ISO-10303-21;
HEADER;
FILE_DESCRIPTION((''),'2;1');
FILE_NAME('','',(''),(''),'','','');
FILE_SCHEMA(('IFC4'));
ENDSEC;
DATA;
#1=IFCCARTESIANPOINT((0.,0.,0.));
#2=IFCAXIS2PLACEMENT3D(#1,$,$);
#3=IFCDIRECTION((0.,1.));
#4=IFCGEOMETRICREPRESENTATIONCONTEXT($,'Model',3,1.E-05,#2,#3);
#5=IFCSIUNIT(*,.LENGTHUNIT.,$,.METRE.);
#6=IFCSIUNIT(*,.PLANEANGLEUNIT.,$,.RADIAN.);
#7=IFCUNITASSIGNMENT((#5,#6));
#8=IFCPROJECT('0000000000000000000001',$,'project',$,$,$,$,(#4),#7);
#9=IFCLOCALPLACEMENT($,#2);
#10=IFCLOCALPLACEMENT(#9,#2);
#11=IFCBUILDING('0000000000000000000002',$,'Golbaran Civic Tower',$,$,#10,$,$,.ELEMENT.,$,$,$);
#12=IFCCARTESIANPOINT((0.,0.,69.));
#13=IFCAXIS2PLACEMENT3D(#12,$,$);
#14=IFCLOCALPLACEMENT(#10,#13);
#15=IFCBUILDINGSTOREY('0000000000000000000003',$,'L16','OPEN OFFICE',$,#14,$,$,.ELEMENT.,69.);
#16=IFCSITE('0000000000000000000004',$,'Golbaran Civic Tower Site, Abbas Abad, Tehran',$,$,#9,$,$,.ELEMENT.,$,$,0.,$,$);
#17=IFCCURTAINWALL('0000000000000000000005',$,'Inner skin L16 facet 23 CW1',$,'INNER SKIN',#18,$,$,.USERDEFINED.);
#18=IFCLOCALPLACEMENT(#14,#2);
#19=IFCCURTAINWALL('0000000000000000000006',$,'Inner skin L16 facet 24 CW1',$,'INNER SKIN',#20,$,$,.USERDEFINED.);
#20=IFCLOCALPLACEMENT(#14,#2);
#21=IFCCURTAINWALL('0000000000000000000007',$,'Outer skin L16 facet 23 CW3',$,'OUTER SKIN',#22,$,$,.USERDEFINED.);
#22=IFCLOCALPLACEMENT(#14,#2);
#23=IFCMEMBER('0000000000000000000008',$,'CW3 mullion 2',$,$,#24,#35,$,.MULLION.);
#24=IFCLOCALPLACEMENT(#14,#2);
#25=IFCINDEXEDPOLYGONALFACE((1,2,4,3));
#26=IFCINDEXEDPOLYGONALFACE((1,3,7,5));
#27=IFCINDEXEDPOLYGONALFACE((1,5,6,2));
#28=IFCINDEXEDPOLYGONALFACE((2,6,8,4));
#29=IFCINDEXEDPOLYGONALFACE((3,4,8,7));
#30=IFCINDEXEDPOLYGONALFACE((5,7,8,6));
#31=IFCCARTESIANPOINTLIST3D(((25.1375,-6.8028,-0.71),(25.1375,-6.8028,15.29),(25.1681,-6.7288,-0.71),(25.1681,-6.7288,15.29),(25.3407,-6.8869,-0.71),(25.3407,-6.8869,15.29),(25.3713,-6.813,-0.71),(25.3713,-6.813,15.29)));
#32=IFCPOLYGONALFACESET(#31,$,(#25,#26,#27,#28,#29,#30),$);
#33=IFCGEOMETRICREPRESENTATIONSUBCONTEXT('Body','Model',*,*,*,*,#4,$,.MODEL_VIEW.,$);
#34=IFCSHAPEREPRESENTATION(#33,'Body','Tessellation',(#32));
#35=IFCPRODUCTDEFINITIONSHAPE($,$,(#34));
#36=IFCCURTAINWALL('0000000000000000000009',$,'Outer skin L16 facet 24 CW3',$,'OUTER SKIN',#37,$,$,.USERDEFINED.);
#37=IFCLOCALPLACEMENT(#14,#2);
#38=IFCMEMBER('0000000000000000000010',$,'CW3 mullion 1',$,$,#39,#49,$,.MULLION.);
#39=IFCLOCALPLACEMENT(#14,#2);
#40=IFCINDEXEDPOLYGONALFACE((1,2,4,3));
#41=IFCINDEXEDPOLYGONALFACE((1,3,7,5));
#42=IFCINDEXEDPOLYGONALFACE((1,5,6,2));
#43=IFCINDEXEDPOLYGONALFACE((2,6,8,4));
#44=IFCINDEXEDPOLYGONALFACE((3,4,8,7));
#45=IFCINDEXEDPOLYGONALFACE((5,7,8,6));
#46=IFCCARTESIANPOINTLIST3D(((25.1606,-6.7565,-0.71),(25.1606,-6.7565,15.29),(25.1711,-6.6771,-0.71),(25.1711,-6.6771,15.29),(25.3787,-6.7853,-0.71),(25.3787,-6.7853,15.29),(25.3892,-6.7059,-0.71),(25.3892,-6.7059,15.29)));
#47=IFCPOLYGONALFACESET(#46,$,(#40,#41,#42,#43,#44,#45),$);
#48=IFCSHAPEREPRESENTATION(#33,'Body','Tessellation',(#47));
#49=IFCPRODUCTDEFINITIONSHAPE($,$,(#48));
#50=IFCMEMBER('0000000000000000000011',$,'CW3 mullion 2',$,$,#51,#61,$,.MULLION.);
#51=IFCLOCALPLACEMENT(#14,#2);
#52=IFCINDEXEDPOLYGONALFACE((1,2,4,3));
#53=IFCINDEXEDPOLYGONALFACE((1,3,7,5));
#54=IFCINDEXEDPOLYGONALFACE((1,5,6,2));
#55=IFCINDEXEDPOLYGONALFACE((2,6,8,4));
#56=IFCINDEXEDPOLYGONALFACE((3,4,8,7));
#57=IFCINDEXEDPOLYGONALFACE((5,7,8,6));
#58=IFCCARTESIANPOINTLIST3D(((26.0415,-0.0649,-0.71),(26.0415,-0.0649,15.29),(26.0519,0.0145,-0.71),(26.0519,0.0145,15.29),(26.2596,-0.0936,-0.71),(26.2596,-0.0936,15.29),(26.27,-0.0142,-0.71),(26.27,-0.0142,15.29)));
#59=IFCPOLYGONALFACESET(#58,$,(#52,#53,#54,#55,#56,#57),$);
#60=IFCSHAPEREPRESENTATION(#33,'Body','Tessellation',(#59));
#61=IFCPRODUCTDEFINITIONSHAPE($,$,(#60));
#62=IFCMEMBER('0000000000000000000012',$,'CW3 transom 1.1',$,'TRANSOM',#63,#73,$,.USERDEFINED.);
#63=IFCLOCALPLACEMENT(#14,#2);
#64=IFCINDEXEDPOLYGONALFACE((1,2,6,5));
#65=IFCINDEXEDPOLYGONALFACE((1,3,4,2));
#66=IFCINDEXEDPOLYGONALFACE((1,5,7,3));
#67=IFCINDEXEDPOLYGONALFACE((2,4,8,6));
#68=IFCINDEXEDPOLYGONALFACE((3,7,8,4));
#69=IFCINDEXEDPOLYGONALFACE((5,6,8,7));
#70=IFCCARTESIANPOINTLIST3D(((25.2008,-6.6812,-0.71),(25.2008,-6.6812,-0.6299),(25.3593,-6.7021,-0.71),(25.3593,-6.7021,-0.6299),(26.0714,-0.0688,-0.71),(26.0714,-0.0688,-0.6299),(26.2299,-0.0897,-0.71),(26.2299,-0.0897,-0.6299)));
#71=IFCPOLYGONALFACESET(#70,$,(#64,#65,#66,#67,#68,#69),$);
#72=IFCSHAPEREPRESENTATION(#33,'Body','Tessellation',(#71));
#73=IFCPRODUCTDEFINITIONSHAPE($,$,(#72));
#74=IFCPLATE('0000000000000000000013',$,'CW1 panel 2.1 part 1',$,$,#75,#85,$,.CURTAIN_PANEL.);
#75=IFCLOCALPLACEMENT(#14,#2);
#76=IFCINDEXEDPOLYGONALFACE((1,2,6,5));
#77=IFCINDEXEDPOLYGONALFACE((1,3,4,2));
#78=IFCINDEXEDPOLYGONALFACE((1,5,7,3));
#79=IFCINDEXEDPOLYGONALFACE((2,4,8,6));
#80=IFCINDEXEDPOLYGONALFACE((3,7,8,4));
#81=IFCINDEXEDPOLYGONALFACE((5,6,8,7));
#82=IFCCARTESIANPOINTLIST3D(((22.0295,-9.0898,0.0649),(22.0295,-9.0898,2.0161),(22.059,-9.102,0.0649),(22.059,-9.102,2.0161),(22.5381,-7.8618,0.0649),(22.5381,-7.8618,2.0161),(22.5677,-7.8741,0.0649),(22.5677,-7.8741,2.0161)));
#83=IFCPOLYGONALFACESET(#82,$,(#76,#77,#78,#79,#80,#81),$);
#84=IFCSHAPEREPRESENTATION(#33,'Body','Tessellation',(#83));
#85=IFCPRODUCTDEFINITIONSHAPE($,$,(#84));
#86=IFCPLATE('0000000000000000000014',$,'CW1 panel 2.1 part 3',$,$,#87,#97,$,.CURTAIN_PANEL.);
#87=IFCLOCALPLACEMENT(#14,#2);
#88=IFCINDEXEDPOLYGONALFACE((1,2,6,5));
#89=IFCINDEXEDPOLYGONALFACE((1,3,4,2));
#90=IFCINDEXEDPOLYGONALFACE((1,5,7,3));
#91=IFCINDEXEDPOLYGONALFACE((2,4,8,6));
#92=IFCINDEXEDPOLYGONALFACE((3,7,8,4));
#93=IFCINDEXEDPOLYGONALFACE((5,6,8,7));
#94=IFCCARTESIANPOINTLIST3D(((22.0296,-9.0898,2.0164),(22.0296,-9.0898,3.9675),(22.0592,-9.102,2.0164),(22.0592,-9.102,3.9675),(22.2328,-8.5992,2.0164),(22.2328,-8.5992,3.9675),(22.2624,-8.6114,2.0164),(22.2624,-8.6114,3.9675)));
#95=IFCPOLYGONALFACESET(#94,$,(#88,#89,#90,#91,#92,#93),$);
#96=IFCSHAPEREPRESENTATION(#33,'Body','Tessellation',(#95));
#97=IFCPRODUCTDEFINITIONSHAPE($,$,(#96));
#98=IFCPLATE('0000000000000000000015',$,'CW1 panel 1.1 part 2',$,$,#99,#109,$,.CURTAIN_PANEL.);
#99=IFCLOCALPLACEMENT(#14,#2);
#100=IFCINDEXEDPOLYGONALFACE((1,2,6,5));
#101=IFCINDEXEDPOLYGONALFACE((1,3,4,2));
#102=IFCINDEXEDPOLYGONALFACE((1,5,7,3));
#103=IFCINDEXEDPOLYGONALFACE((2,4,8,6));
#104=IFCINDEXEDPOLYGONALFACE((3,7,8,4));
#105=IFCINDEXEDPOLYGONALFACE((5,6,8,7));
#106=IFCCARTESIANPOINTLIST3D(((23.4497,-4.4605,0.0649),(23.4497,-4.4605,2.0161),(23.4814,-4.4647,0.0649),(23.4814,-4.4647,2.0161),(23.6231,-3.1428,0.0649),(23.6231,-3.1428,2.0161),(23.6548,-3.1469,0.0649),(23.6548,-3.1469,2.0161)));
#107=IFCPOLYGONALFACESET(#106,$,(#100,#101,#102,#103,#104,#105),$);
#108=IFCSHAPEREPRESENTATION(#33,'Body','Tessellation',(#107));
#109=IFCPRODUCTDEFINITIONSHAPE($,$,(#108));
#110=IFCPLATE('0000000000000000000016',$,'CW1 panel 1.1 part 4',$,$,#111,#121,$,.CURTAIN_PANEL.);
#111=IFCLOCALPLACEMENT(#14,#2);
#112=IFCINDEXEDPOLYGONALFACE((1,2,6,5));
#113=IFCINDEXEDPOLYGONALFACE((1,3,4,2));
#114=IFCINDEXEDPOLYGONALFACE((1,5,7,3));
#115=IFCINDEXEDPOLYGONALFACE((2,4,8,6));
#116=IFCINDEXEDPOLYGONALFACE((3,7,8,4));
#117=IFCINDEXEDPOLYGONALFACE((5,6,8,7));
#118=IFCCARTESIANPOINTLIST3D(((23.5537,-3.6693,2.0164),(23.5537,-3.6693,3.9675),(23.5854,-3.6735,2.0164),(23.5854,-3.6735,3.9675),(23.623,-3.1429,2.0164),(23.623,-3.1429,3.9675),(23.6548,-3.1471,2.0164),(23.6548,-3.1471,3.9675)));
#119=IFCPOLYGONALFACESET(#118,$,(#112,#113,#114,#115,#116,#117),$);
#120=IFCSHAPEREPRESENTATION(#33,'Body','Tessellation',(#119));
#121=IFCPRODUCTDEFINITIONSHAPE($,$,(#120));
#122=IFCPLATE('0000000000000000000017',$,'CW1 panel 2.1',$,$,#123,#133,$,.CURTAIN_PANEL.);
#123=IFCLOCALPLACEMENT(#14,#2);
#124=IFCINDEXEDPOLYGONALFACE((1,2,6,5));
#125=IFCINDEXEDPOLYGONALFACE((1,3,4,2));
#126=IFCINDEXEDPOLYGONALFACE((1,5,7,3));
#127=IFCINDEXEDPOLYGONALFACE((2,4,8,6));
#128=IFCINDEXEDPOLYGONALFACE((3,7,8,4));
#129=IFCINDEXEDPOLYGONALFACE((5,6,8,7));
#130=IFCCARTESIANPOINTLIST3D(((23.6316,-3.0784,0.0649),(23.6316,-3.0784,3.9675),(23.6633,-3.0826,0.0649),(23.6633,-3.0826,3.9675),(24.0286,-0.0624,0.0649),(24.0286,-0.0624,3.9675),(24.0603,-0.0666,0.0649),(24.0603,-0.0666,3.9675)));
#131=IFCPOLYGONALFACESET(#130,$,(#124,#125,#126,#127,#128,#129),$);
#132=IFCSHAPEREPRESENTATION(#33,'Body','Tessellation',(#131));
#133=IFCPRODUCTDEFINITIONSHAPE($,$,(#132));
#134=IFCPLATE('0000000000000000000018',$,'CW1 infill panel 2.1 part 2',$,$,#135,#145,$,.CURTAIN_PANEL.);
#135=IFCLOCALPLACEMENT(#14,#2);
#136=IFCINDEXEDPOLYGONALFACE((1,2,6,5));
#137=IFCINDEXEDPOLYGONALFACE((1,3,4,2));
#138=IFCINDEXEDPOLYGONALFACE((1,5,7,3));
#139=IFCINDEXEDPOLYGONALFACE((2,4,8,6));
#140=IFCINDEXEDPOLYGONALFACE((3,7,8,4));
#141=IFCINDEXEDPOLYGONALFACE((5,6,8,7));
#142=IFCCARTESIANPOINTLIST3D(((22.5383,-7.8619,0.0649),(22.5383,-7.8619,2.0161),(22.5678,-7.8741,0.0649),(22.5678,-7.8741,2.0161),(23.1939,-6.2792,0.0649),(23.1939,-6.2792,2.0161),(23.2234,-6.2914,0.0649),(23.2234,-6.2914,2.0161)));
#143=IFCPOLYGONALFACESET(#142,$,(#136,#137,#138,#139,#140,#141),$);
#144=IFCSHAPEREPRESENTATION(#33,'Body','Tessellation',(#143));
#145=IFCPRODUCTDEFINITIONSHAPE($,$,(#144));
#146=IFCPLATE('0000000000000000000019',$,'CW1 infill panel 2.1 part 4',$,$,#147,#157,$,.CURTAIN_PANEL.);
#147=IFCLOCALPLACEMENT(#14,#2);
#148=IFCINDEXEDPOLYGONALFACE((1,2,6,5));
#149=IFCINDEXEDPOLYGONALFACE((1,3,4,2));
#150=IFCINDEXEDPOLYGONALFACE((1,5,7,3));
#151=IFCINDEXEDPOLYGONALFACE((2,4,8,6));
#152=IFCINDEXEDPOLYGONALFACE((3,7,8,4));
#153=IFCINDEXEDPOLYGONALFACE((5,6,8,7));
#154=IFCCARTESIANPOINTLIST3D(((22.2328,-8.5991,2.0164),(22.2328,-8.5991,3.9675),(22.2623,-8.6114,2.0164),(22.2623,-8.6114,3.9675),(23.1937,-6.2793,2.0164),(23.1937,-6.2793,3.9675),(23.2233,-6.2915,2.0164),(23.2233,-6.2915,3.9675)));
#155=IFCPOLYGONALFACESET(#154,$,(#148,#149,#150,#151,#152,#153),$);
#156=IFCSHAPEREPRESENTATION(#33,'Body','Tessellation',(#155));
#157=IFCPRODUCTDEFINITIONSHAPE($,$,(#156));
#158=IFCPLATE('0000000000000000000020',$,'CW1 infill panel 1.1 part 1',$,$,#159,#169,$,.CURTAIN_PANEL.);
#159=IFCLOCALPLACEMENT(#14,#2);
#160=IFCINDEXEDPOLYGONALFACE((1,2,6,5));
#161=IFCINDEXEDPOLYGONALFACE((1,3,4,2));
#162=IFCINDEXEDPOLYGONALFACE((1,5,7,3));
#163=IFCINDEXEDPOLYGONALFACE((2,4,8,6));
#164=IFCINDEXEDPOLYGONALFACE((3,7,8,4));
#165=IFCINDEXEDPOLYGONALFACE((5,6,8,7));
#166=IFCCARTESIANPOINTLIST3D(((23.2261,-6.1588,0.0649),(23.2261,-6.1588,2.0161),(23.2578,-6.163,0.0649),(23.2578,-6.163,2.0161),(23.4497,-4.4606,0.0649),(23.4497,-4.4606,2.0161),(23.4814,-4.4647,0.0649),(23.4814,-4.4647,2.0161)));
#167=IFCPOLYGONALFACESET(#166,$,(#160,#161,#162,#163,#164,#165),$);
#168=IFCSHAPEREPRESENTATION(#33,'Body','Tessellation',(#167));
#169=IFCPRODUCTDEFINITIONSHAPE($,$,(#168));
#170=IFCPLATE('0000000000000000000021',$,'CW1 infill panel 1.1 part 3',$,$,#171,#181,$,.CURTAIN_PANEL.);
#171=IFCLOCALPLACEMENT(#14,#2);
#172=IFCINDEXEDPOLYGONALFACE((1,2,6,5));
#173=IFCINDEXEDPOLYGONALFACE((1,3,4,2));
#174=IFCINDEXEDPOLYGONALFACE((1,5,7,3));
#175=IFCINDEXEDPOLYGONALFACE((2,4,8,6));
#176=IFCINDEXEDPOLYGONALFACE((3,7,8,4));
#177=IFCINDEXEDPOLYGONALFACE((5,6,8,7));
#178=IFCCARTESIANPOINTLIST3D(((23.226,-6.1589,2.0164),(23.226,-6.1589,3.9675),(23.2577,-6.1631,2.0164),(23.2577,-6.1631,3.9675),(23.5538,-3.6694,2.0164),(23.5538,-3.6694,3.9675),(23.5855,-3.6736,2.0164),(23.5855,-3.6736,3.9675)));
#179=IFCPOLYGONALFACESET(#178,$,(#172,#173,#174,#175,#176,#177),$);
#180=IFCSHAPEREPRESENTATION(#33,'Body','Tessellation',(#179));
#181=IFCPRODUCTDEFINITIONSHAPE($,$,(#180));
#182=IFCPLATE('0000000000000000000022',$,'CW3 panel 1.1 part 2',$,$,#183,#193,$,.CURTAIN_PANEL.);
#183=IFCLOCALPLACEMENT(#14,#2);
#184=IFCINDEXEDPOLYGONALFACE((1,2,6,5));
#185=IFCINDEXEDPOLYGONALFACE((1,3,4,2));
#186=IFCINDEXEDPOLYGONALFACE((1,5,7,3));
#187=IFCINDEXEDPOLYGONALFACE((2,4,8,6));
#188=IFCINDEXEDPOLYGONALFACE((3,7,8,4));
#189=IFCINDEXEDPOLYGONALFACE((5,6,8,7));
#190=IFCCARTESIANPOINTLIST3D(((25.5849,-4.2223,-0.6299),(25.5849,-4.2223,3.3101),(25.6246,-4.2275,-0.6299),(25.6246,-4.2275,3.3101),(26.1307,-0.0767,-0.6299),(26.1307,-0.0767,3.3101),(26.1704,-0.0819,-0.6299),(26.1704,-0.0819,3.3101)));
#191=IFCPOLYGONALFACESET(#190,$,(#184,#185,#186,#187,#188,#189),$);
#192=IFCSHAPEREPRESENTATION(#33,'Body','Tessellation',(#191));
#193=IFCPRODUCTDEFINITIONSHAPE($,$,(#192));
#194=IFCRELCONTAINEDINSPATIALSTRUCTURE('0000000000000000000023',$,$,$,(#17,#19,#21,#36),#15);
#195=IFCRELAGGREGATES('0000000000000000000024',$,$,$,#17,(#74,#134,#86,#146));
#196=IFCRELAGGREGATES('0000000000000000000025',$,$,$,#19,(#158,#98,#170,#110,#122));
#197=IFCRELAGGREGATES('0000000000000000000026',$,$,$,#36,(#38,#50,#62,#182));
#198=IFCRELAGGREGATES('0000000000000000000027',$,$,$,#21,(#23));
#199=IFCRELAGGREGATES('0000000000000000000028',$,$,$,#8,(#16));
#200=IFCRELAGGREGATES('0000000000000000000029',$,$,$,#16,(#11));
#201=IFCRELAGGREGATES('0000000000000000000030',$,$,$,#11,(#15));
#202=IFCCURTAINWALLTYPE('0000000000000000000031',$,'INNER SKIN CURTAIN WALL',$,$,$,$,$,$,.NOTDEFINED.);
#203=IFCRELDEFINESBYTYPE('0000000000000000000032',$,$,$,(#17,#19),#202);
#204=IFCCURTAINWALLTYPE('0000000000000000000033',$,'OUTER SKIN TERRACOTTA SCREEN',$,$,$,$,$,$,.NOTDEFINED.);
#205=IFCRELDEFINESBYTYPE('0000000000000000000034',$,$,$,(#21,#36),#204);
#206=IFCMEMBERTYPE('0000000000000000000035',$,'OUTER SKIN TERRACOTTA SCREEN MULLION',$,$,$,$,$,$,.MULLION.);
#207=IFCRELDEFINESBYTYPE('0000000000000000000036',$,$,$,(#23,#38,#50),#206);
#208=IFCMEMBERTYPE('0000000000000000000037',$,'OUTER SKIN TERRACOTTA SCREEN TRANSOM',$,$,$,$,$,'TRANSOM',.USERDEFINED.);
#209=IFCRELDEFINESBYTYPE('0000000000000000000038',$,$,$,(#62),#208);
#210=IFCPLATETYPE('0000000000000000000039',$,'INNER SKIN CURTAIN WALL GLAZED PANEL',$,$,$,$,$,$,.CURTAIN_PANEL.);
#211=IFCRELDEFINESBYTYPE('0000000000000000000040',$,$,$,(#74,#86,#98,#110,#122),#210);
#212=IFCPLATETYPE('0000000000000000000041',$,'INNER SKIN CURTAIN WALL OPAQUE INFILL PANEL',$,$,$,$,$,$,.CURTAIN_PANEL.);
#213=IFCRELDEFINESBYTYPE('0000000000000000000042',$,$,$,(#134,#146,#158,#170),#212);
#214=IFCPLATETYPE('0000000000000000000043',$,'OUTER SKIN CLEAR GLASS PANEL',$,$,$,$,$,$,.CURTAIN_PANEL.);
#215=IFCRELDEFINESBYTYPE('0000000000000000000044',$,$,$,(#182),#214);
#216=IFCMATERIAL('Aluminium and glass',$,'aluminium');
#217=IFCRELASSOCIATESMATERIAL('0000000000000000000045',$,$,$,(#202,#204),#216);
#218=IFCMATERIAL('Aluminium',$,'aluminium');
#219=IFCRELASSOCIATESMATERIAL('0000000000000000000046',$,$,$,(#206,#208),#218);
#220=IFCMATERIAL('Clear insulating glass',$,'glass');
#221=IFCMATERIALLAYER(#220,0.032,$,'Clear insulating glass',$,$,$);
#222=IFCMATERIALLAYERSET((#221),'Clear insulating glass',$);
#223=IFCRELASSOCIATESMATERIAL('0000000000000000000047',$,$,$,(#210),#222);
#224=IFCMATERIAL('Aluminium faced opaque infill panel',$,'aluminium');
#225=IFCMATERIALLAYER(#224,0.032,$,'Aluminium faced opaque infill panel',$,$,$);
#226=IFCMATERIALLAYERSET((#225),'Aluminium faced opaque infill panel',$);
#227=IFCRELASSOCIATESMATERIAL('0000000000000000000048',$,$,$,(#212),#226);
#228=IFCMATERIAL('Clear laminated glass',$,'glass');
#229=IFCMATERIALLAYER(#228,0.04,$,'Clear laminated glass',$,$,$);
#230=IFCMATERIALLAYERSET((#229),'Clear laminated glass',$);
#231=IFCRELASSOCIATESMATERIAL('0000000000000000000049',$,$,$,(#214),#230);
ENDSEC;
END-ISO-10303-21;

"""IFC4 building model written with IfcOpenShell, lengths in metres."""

from ifc_helpers import new_model, si_unit, direction, frame, origin, origin_2d, place, context, subcontext, project, spatial, rectangle, extrude, material, layer, layer_set, material_profile, profile_set, type_object, element, aggregate, save


model = new_model("IFC4")

# Units and contexts
model_context = context("Model", 3, precision=1e-05, world=origin(), true_north=direction((0.0, 1.0)))
body_context = subcontext(model_context, "Body", "Model", "MODEL_VIEW")
ifc_project = project(units=[si_unit("LENGTHUNIT", "METRE"), si_unit("PLANEANGLEUNIT", "RADIAN")], contexts=[model_context])

# Site, building, storey
site_placement = place(None, origin())
site = spatial("IfcSite", under=ifc_project, at=site_placement, Name="Golbaran Civic Tower Site, Abbas Abad, Tehran", CompositionType="ELEMENT", RefElevation=0.0)
building_placement = place(site_placement, origin())
building = spatial("IfcBuilding", under=site, at=building_placement, Name="Golbaran Civic Tower", CompositionType="ELEMENT")
storey_placement = place(building_placement, frame((0.0, 0.0, 69.0)))
storey = spatial("IfcBuildingStorey", under=building, at=storey_placement, Name="L16", Description="OPEN OFFICE", CompositionType="ELEMENT", Elevation=69.0)

# Curtain walls
ifc_material_1 = material(Name="Aluminium and glass", Category="aluminium")
curtain_wall_type_1 = type_object("IfcCurtainWallType", Name="INNER SKIN CURTAIN WALL", PredefinedType="NOTDEFINED", material=ifc_material_1)
curtain_wall_1_placement = place(storey_placement, origin())
curtain_wall_1 = element("IfcCurtainWall", 1, at=curtain_wall_1_placement, inside=storey, type_object=curtain_wall_type_1, Name="Inner skin L16 facet 23 CW1", ObjectType="INNER SKIN", PredefinedType="USERDEFINED")
ifc_material_2 = material(Name="Aluminium", Category="aluminium")
curtain_wall_2_placement = place(storey_placement, origin())
curtain_wall_2 = element("IfcCurtainWall", 2, at=curtain_wall_2_placement, inside=storey, type_object=curtain_wall_type_1, Name="Inner skin L16 facet 24 CW1", ObjectType="INNER SKIN", PredefinedType="USERDEFINED")

# Curtain wall, member
curtain_wall_type_2 = type_object("IfcCurtainWallType", Name="OUTER SKIN TERRACOTTA SCREEN", PredefinedType="NOTDEFINED", material=ifc_material_1)
curtain_wall_3_placement = place(storey_placement, origin())
curtain_wall_3 = element("IfcCurtainWall", 3, at=curtain_wall_3_placement, inside=storey, type_object=curtain_wall_type_2, Name="Outer skin L16 facet 23 CW3", ObjectType="OUTER SKIN", PredefinedType="USERDEFINED")
ifc_material_profile_1 = material_profile(ifc_material_2, rectangle(XDim=0.22, YDim=0.0801, at=origin_2d()), Name="OUTER SKIN TERRACOTTA SCREEN MULLION")
ifc_profile_set_1 = profile_set([ifc_material_profile_1], Name="Aluminium")
member_type_1 = type_object("IfcMemberType", Name="OUTER SKIN TERRACOTTA SCREEN MULLION", PredefinedType="MULLION", material=ifc_profile_set_1)
member_1_placement = place(storey_placement, frame((25.2544, -6.8079, -0.71), z_axis=(0.0, 0.0, 1.0), x_axis=(-0.92388, 0.382683, 0.0)))
member_1 = element("IfcMember", 4, at=member_1_placement, type_object=member_type_1, Name="CW3 mullion 2", PredefinedType="MULLION", context=body_context, shape_type="SweptSolid", body=[
    extrude(rectangle(XDim=0.22, YDim=0.0801, at=origin_2d()), origin(), (0.0, 0.0, 1.0), 16.0),
])

# Curtain wall, members
curtain_wall_4_placement = place(storey_placement, origin())
curtain_wall_4 = element("IfcCurtainWall", 5, at=curtain_wall_4_placement, inside=storey, type_object=curtain_wall_type_2, Name="Outer skin L16 facet 24 CW3", ObjectType="OUTER SKIN", PredefinedType="USERDEFINED")
member_2_placement = place(storey_placement, frame((25.2749, -6.7312, -0.71), z_axis=(0.0, 0.0, 1.0), x_axis=(-0.991445, 0.130526, 0.0)))
member_2 = element("IfcMember", 6, at=member_2_placement, type_object=member_type_1, Name="CW3 mullion 1", PredefinedType="MULLION", context=body_context, shape_type="SweptSolid", body=[
    extrude(rectangle(XDim=0.22, YDim=0.0801, at=origin_2d()), origin(), (0.0, 0.0, 1.0), 16.0),
])
member_3_placement = place(storey_placement, frame((26.1558, -0.0396, -0.71), z_axis=(0.0, 0.0, 1.0), x_axis=(-0.991445, 0.130526, 0.0)))
member_3 = element("IfcMember", 7, at=member_3_placement, type_object=member_type_1, Name="CW3 mullion 2", PredefinedType="MULLION", context=body_context, shape_type="SweptSolid", body=[
    extrude(rectangle(XDim=0.22, YDim=0.0801, at=origin_2d()), origin(), (0.0, 0.0, 1.0), 16.0),
])
ifc_material_profile_2 = material_profile(ifc_material_2, rectangle(XDim=0.1599, YDim=0.0801, at=origin_2d()), Name="OUTER SKIN TERRACOTTA SCREEN TRANSOM")
ifc_profile_set_2 = profile_set([ifc_material_profile_2], Name="Aluminium")
member_type_2 = type_object("IfcMemberType", Name="OUTER SKIN TERRACOTTA SCREEN TRANSOM", ElementType="TRANSOM", PredefinedType="USERDEFINED", material=ifc_profile_set_2)
member_4_placement = place(storey_placement, frame((25.28, -6.6917, -0.6699), z_axis=(0.130538, 0.991443, 0.0), x_axis=(-0.991443, 0.130538, 0.0)))
member_4 = element("IfcMember", 8, at=member_4_placement, type_object=member_type_2, Name="CW3 transom 1.1", ObjectType="TRANSOM", PredefinedType="USERDEFINED", context=body_context, shape_type="SweptSolid", body=[
    extrude(rectangle(XDim=0.1599, YDim=0.0801, at=origin_2d()), origin(), (0.0, 0.0, 1.0), 6.6694),
])

# Plates
ifc_material_3 = material(Name="Clear insulating glass", Category="glass")
ifc_layer_1 = layer(ifc_material_3, 0.032, Name="Clear insulating glass")
ifc_layer_set_1 = layer_set([ifc_layer_1], Name="Clear insulating glass")
plate_type_1 = type_object("IfcPlateType", Name="INNER SKIN CURTAIN WALL GLAZED PANEL", PredefinedType="CURTAIN_PANEL", material=ifc_layer_set_1)
plate_1_placement = place(storey_placement, frame((22.2986, -8.4819, 0.0649), z_axis=(0.0, 0.0, 1.0), x_axis=(0.382683, 0.92388, 0.0)))
plate_1 = element("IfcPlate", 9, at=plate_1_placement, type_object=plate_type_1, Name="CW1 panel 2.1 part 1", PredefinedType="CURTAIN_PANEL", context=body_context, shape_type="SweptSolid", body=[
    extrude(rectangle(XDim=1.3291, YDim=0.032, at=origin_2d()), origin(), (0.0, 0.0, 1.0), 1.9512),
])
plate_2_placement = place(storey_placement, frame((22.146, -8.8506, 2.0164), z_axis=(0.0, 0.0, 1.0), x_axis=(0.382683, 0.92388, 0.0)))
plate_2 = element("IfcPlate", 10, at=plate_2_placement, type_object=plate_type_1, Name="CW1 panel 2.1 part 3", PredefinedType="CURTAIN_PANEL", context=body_context, shape_type="SweptSolid", body=[
    extrude(rectangle(XDim=0.531, YDim=0.032, at=origin_2d()), origin(), (0.0, 0.0, 1.0), 1.9512),
])
plate_3_placement = place(storey_placement, frame((23.5522, -3.8037, 0.0649), z_axis=(0.0, 0.0, 1.0), x_axis=(0.130526, 0.991445, 0.0)))
plate_3 = element("IfcPlate", 11, at=plate_3_placement, type_object=plate_type_1, Name="CW1 panel 1.1 part 2", PredefinedType="CURTAIN_PANEL", context=body_context, shape_type="SweptSolid", body=[
    extrude(rectangle(XDim=1.3291, YDim=0.032, at=origin_2d()), origin(), (0.0, 0.0, 1.0), 1.9512),
])
plate_4_placement = place(storey_placement, frame((23.6042, -3.4082, 2.0164), z_axis=(0.0, 0.0, 1.0), x_axis=(0.130526, 0.991445, 0.0)))
plate_4 = element("IfcPlate", 12, at=plate_4_placement, type_object=plate_type_1, Name="CW1 panel 1.1 part 4", PredefinedType="CURTAIN_PANEL", context=body_context, shape_type="SweptSolid", body=[
    extrude(rectangle(XDim=0.531, YDim=0.032, at=origin_2d()), origin(), (0.0, 0.0, 1.0), 1.9512),
])
plate_5_placement = place(storey_placement, frame((23.8459, -1.5725, 0.0649), z_axis=(0.0, 0.0, 1.0), x_axis=(0.130526, 0.991445, 0.0)))
plate_5 = element("IfcPlate", 13, at=plate_5_placement, type_object=plate_type_1, Name="CW1 panel 2.1", PredefinedType="CURTAIN_PANEL", context=body_context, shape_type="SweptSolid", body=[
    extrude(rectangle(XDim=3.042, YDim=0.032, at=origin_2d()), origin(), (0.0, 0.0, 1.0), 3.9026),
])
ifc_material_4 = material(Name="Aluminium faced opaque infill panel", Category="aluminium")
ifc_layer_2 = layer(ifc_material_4, 0.032, Name="Aluminium faced opaque infill panel")
ifc_layer_set_2 = layer_set([ifc_layer_2], Name="Aluminium faced opaque infill panel")
plate_type_2 = type_object("IfcPlateType", Name="INNER SKIN CURTAIN WALL OPAQUE INFILL PANEL", PredefinedType="CURTAIN_PANEL", material=ifc_layer_set_2)
plate_6_placement = place(storey_placement, frame((22.8809, -7.0767, 0.0649), z_axis=(0.0, 0.0, 1.0), x_axis=(0.382683, 0.92388, 0.0)))
plate_6 = element("IfcPlate", 14, at=plate_6_placement, type_object=plate_type_2, Name="CW1 infill panel 2.1 part 2", PredefinedType="CURTAIN_PANEL", context=body_context, shape_type="SweptSolid", body=[
    extrude(rectangle(XDim=1.7131, YDim=0.032, at=origin_2d()), origin(), (0.0, 0.0, 1.0), 1.9512),
])
plate_7_placement = place(storey_placement, frame((22.728, -7.4453, 2.0164), z_axis=(0.0, 0.0, 1.0), x_axis=(0.382683, 0.92388, 0.0)))
plate_7 = element("IfcPlate", 15, at=plate_7_placement, type_object=plate_type_2, Name="CW1 infill panel 2.1 part 4", PredefinedType="CURTAIN_PANEL", context=body_context, shape_type="SweptSolid", body=[
    extrude(rectangle(XDim=2.511, YDim=0.032, at=origin_2d()), origin(), (0.0, 0.0, 1.0), 1.9512),
])
aggregate(curtain_wall_1, [plate_1, plate_6, plate_2, plate_7])
plate_8_placement = place(storey_placement, frame((23.3538, -5.3118, 0.0649), z_axis=(0.0, 0.0, 1.0), x_axis=(0.130526, 0.991445, 0.0)))
plate_8 = element("IfcPlate", 16, at=plate_8_placement, type_object=plate_type_2, Name="CW1 infill panel 1.1 part 1", PredefinedType="CURTAIN_PANEL", context=body_context, shape_type="SweptSolid", body=[
    extrude(rectangle(XDim=1.7129, YDim=0.032, at=origin_2d()), origin(), (0.0, 0.0, 1.0), 1.9512),
])
plate_9_placement = place(storey_placement, frame((23.4058, -4.9163, 2.0164), z_axis=(0.0, 0.0, 1.0), x_axis=(0.130526, 0.991445, 0.0)))
plate_9 = element("IfcPlate", 17, at=plate_9_placement, type_object=plate_type_2, Name="CW1 infill panel 1.1 part 3", PredefinedType="CURTAIN_PANEL", context=body_context, shape_type="SweptSolid", body=[
    extrude(rectangle(XDim=2.511, YDim=0.032, at=origin_2d()), origin(), (0.0, 0.0, 1.0), 1.9512),
])
aggregate(curtain_wall_2, [plate_8, plate_3, plate_9, plate_4, plate_5])
ifc_material_5 = material(Name="Clear laminated glass", Category="glass")
ifc_layer_3 = layer(ifc_material_5, 0.04, Name="Clear laminated glass")
ifc_layer_set_3 = layer_set([ifc_layer_3], Name="Clear laminated glass")
plate_type_3 = type_object("IfcPlateType", Name="OUTER SKIN CLEAR GLASS PANEL", PredefinedType="CURTAIN_PANEL", material=ifc_layer_set_3)
plate_10_placement = place(storey_placement, frame((25.8777, -2.1521, -0.6299), z_axis=(0.0, 0.0, 1.0), x_axis=(0.130526, 0.991445, 0.0)))
plate_10 = element("IfcPlate", 18, at=plate_10_placement, type_object=plate_type_3, Name="CW3 panel 1.1 part 2", PredefinedType="CURTAIN_PANEL", context=body_context, shape_type="SweptSolid", body=[
    extrude(rectangle(XDim=4.1814, YDim=0.04, at=origin_2d()), origin(), (0.0, 0.0, 1.0), 3.9399),
])
aggregate(curtain_wall_4, [member_2, member_3, member_4, plate_10])
aggregate(curtain_wall_3, [member_1])

save(model, "model.ifc")
